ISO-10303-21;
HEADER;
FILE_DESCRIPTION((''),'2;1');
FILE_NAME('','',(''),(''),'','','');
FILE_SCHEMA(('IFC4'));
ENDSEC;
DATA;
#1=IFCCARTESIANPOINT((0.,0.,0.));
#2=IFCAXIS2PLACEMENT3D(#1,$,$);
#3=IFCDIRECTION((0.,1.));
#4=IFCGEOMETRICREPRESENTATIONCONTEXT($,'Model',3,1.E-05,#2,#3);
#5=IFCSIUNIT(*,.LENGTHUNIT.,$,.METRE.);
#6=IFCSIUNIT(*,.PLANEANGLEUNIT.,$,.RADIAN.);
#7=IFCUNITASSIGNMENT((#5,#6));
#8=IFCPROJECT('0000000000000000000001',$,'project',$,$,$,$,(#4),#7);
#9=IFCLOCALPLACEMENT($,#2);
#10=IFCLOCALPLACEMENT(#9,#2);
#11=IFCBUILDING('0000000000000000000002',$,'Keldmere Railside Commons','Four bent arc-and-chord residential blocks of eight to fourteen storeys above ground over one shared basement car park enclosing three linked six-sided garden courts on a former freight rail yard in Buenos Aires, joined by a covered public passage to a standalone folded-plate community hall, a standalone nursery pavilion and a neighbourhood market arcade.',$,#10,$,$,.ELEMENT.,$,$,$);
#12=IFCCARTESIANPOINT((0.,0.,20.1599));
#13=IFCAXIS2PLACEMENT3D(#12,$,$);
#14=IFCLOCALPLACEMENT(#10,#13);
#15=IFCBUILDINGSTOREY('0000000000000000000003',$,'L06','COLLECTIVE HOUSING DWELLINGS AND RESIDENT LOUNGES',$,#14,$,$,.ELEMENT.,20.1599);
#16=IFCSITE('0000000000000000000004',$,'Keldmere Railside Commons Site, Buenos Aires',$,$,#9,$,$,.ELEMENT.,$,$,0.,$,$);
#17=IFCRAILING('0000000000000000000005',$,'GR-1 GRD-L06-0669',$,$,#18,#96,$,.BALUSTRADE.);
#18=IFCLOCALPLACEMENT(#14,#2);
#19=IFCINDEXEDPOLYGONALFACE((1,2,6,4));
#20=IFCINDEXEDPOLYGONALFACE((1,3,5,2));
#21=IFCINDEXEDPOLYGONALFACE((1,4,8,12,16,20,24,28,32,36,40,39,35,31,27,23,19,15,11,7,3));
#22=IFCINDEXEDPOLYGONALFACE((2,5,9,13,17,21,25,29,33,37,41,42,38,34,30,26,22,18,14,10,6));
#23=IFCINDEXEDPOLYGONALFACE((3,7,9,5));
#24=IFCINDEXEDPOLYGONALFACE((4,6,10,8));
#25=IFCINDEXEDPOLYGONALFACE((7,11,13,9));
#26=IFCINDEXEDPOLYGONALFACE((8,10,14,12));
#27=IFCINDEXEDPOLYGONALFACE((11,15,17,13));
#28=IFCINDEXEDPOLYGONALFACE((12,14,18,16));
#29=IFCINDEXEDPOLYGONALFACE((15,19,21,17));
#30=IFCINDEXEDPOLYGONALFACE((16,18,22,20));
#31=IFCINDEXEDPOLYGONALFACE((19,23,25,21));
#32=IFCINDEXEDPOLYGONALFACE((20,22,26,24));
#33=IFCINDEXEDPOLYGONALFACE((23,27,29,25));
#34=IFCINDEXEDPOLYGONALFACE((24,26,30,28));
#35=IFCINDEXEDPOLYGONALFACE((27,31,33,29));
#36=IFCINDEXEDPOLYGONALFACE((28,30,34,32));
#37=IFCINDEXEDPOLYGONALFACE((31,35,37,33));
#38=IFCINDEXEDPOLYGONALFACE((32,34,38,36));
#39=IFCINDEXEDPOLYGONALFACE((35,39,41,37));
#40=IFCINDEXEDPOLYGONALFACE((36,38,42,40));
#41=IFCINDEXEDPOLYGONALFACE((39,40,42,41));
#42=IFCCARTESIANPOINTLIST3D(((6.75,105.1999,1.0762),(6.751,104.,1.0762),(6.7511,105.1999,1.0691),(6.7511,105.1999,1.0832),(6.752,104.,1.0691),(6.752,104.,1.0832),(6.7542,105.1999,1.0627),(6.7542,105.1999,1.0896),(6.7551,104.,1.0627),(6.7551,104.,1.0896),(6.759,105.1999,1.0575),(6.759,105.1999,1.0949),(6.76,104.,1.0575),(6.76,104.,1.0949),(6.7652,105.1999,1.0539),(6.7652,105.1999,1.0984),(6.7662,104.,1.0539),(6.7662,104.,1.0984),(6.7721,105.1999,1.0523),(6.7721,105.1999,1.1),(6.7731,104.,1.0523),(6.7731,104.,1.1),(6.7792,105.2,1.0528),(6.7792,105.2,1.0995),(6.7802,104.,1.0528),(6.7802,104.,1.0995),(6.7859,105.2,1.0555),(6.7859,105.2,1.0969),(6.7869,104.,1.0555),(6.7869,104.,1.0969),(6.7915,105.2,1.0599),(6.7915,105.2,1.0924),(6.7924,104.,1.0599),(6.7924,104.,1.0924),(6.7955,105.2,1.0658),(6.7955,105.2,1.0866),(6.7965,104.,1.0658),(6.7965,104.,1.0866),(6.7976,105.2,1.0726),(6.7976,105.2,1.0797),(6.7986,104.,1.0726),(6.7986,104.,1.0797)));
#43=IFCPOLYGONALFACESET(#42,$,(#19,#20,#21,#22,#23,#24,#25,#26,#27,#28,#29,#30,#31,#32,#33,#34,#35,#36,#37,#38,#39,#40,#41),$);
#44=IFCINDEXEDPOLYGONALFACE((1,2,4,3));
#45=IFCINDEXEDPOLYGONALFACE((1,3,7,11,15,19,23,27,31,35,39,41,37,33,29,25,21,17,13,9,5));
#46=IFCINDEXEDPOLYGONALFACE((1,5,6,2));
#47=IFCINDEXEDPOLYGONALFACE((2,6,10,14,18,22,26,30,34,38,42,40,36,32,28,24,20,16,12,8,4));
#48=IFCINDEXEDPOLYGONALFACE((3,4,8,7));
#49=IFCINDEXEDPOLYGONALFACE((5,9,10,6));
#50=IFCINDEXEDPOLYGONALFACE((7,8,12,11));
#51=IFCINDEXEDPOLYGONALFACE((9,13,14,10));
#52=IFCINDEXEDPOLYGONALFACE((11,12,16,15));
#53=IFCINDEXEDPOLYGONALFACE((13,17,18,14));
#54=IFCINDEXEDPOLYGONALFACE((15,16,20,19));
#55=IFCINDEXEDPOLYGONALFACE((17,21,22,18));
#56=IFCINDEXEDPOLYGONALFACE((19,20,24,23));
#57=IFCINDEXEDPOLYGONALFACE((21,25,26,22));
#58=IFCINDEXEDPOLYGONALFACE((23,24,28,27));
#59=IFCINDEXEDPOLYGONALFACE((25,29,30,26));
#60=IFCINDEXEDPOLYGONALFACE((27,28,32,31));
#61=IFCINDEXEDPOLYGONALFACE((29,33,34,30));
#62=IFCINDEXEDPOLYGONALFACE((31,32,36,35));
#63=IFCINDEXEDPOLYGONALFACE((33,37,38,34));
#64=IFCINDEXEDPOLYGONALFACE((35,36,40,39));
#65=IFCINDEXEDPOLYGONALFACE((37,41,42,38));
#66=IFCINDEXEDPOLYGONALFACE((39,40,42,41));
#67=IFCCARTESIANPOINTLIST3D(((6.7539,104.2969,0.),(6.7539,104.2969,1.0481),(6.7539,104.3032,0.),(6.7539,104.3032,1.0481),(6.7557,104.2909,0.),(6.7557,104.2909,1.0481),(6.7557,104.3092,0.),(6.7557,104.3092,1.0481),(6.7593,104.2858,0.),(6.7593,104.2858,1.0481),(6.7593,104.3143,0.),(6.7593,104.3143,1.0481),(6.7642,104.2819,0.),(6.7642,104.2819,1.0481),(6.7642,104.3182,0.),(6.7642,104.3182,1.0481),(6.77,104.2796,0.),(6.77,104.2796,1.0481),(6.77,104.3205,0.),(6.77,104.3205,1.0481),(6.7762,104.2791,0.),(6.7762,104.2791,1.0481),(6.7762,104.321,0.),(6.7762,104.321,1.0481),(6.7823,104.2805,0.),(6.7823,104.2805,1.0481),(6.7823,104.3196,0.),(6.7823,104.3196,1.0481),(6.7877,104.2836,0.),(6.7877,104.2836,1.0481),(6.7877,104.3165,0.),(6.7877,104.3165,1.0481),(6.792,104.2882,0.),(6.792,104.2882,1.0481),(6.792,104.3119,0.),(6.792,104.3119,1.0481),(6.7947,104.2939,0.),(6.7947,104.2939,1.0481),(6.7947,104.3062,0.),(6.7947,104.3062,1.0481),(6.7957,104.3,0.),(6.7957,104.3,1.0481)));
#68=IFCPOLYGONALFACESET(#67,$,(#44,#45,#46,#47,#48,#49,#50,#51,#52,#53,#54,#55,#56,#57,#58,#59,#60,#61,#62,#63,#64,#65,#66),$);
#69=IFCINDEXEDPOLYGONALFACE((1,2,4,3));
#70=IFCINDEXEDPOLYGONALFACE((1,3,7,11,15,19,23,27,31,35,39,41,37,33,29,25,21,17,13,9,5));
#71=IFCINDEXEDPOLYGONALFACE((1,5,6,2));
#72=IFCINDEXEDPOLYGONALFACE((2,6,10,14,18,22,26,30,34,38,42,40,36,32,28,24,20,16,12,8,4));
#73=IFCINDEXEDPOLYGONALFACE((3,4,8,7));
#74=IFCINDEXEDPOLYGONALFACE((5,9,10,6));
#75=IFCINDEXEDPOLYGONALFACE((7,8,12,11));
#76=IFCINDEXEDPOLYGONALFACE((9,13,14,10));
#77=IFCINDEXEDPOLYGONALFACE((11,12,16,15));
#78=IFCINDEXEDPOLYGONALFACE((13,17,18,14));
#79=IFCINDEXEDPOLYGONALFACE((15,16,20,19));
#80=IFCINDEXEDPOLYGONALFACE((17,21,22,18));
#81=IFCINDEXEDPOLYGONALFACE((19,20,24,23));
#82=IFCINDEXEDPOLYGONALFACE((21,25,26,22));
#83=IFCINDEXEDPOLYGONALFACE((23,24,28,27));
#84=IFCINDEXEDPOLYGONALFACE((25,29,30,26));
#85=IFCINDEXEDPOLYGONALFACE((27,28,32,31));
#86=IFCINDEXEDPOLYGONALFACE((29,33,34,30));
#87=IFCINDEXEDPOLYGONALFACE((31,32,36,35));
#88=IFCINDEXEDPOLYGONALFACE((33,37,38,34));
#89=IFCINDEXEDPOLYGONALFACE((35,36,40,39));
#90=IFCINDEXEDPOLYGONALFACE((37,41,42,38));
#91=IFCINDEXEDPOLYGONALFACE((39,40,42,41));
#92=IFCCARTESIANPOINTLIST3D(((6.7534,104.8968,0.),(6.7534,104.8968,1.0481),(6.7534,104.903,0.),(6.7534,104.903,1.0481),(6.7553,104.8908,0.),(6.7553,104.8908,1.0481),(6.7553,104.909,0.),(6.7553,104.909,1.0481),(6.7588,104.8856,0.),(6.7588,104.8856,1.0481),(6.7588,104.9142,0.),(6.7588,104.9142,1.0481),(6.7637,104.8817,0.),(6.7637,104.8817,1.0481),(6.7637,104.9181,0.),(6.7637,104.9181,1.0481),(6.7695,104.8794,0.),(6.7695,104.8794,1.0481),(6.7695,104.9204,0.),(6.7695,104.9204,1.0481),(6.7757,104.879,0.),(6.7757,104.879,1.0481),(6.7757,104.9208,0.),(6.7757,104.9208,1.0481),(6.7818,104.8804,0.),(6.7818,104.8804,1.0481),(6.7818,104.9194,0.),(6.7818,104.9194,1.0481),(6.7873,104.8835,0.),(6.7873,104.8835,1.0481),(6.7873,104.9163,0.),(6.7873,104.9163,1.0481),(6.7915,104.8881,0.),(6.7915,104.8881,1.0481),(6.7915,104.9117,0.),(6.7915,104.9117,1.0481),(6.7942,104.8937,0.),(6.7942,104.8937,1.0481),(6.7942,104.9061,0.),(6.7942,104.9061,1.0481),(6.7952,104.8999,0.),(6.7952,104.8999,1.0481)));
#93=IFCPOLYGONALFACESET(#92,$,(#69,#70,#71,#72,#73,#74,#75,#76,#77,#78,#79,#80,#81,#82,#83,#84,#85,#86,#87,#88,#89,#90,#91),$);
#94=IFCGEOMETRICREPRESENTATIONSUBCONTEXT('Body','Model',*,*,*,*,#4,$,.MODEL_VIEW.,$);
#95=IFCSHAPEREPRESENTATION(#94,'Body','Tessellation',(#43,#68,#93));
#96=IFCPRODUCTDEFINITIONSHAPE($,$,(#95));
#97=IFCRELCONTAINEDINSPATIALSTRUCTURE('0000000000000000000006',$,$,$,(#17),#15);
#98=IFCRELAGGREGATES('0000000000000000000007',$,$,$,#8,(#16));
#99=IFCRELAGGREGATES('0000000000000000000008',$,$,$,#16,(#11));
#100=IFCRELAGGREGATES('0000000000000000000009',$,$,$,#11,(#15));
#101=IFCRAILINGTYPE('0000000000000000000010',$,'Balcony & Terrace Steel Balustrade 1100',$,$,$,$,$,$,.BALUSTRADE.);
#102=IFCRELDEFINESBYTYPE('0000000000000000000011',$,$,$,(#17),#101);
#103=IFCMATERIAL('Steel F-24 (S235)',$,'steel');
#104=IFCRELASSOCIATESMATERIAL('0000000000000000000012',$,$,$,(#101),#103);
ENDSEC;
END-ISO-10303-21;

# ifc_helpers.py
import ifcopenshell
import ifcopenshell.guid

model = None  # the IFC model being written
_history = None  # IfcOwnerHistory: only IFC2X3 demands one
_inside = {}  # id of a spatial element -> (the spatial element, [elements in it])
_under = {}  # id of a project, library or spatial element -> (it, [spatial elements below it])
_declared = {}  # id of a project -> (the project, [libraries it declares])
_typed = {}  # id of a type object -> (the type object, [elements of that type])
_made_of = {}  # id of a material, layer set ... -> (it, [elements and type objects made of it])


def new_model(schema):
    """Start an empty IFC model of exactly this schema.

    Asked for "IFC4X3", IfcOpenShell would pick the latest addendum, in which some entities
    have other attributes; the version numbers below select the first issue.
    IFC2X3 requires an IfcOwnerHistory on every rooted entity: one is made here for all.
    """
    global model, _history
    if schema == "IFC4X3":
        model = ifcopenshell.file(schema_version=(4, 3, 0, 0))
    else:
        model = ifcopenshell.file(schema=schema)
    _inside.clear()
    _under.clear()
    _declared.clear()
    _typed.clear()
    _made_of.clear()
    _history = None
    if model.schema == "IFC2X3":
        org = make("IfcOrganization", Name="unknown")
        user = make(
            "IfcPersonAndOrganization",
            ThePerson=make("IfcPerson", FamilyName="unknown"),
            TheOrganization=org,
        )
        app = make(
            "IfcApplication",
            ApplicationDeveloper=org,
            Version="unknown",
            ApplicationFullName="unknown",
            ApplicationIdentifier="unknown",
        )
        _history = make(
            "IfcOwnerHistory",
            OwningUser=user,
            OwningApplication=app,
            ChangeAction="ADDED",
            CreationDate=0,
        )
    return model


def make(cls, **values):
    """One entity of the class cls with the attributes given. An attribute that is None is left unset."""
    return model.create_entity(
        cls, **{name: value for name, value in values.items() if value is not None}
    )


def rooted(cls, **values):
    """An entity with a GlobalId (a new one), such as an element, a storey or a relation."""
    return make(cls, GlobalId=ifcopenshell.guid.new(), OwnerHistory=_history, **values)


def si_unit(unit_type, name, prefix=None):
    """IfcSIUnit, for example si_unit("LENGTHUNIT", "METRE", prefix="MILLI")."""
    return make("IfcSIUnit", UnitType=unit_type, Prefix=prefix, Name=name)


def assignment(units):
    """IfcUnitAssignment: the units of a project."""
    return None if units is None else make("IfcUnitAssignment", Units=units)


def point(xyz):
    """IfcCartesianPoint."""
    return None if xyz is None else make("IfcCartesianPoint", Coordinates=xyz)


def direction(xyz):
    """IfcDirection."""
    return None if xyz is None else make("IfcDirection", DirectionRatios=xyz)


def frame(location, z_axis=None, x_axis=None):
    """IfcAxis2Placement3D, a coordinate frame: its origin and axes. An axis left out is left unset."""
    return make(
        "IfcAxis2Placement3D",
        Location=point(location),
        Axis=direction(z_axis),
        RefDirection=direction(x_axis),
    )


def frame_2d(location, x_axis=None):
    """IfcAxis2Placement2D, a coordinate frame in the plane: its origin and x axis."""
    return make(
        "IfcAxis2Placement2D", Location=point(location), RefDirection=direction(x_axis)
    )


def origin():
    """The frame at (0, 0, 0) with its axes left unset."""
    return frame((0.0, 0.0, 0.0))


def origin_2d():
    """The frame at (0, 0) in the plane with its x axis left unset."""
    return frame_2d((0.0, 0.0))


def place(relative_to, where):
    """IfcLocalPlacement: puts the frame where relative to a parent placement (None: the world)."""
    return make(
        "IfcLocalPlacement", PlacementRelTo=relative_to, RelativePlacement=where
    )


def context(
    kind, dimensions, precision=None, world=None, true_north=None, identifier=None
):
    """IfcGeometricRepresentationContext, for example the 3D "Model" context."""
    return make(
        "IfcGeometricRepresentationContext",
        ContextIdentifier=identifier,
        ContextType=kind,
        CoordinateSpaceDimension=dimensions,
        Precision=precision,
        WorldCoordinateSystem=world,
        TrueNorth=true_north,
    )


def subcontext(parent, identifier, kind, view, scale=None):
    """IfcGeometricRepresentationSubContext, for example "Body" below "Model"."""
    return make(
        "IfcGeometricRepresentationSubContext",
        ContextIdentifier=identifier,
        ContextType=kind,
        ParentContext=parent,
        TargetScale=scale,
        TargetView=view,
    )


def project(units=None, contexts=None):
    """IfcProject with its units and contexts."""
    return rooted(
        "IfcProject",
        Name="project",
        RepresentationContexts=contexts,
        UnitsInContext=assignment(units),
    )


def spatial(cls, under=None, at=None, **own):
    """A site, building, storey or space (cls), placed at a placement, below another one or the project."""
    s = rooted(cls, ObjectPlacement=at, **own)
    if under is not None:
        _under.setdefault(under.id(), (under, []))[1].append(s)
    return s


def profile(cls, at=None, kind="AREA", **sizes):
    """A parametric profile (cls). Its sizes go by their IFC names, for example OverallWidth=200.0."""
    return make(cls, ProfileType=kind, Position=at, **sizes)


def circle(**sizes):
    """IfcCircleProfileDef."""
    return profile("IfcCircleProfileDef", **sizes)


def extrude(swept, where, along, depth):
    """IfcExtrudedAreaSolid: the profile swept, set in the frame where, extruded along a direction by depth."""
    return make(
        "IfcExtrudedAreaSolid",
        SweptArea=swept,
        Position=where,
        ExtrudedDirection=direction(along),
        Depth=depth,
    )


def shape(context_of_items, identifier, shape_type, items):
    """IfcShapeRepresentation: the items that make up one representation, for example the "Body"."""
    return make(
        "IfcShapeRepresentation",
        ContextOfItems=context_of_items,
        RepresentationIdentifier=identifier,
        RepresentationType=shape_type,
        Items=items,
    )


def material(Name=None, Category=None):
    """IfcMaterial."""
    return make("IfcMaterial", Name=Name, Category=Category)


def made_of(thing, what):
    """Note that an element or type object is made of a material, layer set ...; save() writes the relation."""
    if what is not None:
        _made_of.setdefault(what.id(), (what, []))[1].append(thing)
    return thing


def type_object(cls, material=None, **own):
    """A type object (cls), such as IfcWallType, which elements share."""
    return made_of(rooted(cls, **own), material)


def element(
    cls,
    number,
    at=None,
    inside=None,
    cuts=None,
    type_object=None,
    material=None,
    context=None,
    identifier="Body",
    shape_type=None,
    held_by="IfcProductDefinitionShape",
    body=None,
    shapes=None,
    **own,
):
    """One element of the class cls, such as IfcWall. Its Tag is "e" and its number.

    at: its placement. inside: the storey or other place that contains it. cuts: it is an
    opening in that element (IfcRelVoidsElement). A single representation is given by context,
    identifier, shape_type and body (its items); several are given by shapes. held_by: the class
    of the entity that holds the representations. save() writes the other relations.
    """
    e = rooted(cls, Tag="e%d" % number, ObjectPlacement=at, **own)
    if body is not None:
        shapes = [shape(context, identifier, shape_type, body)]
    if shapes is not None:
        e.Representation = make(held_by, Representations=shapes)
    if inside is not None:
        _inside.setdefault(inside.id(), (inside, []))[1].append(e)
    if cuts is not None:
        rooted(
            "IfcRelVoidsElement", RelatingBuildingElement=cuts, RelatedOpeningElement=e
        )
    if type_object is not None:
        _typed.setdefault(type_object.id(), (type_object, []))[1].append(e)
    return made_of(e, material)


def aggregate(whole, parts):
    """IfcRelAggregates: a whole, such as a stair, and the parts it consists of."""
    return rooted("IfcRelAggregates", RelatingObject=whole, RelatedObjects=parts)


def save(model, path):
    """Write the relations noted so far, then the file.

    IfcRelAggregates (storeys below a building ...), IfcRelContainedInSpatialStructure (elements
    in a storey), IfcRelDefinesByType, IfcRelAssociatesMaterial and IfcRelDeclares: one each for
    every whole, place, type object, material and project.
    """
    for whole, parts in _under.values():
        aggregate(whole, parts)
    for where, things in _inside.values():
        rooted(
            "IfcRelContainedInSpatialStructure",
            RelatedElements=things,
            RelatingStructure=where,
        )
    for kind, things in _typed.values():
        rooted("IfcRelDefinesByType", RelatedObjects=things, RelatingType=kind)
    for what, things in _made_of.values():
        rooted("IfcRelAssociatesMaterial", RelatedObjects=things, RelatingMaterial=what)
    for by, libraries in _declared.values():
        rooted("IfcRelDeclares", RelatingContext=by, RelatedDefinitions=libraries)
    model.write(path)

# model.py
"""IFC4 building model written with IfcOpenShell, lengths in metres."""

from ifc_helpers import new_model, si_unit, direction, frame, origin, origin_2d, place, context, subcontext, project, spatial, circle, extrude, material, type_object, element, save


model = new_model("IFC4")

# Units and contexts
model_context = context("Model", 3, precision=1e-05, world=origin(), true_north=direction((0.0, 1.0)))
body_context = subcontext(model_context, "Body", "Model", "MODEL_VIEW")
ifc_project = project(units=[si_unit("LENGTHUNIT", "METRE"), si_unit("PLANEANGLEUNIT", "RADIAN")], contexts=[model_context])

# Site, building, storey
site_placement = place(None, origin())
site = spatial("IfcSite", under=ifc_project, at=site_placement, Name="Keldmere Railside Commons Site, Buenos Aires", CompositionType="ELEMENT", RefElevation=0.0)
building_placement = place(site_placement, origin())
building = spatial("IfcBuilding", under=site, at=building_placement, Name="Keldmere Railside Commons", Description="Four bent arc-and-chord residential blocks of eight to fourteen storeys above ground over one shared basement car park enclosing three linked six-sided garden courts on a former freight rail yard in Buenos Aires, joined by a covered public passage to a standalone folded-plate community hall, a standalone nursery pavilion and a neighbourhood market arcade.", CompositionType="ELEMENT")
storey_placement = place(building_placement, frame((0.0, 0.0, 20.1599)))
storey = spatial("IfcBuildingStorey", under=building, at=storey_placement, Name="L06", Description="COLLECTIVE HOUSING DWELLINGS AND RESIDENT LOUNGES", CompositionType="ELEMENT", Elevation=20.1599)

# Railing
ifc_material_1 = material(Name="Steel F-24 (S235)", Category="steel")
railing_type = type_object("IfcRailingType", Name="Balcony & Terrace Steel Balustrade 1100", PredefinedType="BALUSTRADE", material=ifc_material_1)
railing_1_placement = place(storey_placement, frame((6.7749, 104.0, 0.0)))
element("IfcRailing", 1, at=railing_1_placement, inside=storey, type_object=railing_type, Name="GR-1 GRD-L06-0669", PredefinedType="BALUSTRADE", context=body_context, shape_type="SweptSolid", body=[
    extrude(circle(Radius=0.0239, at=origin_2d()), frame((0.0, 0.0, 1.0762), z_axis=(-0.000814, 1.0, 0.0), x_axis=(-1.0, -0.000814, 0.0)), (0.0, 0.0, 1.0), 1.2),
    extrude(circle(Radius=0.021, at=origin_2d()), frame((-0.0002, 0.3, 0.0)), (0.0, 0.0, 1.0), 1.0481),
    extrude(circle(Radius=0.021, at=origin_2d()), frame((-0.0007, 0.8999, 0.0)), (0.0, 0.0, 1.0), 1.0481),
])

save(model, "model.ifc")
